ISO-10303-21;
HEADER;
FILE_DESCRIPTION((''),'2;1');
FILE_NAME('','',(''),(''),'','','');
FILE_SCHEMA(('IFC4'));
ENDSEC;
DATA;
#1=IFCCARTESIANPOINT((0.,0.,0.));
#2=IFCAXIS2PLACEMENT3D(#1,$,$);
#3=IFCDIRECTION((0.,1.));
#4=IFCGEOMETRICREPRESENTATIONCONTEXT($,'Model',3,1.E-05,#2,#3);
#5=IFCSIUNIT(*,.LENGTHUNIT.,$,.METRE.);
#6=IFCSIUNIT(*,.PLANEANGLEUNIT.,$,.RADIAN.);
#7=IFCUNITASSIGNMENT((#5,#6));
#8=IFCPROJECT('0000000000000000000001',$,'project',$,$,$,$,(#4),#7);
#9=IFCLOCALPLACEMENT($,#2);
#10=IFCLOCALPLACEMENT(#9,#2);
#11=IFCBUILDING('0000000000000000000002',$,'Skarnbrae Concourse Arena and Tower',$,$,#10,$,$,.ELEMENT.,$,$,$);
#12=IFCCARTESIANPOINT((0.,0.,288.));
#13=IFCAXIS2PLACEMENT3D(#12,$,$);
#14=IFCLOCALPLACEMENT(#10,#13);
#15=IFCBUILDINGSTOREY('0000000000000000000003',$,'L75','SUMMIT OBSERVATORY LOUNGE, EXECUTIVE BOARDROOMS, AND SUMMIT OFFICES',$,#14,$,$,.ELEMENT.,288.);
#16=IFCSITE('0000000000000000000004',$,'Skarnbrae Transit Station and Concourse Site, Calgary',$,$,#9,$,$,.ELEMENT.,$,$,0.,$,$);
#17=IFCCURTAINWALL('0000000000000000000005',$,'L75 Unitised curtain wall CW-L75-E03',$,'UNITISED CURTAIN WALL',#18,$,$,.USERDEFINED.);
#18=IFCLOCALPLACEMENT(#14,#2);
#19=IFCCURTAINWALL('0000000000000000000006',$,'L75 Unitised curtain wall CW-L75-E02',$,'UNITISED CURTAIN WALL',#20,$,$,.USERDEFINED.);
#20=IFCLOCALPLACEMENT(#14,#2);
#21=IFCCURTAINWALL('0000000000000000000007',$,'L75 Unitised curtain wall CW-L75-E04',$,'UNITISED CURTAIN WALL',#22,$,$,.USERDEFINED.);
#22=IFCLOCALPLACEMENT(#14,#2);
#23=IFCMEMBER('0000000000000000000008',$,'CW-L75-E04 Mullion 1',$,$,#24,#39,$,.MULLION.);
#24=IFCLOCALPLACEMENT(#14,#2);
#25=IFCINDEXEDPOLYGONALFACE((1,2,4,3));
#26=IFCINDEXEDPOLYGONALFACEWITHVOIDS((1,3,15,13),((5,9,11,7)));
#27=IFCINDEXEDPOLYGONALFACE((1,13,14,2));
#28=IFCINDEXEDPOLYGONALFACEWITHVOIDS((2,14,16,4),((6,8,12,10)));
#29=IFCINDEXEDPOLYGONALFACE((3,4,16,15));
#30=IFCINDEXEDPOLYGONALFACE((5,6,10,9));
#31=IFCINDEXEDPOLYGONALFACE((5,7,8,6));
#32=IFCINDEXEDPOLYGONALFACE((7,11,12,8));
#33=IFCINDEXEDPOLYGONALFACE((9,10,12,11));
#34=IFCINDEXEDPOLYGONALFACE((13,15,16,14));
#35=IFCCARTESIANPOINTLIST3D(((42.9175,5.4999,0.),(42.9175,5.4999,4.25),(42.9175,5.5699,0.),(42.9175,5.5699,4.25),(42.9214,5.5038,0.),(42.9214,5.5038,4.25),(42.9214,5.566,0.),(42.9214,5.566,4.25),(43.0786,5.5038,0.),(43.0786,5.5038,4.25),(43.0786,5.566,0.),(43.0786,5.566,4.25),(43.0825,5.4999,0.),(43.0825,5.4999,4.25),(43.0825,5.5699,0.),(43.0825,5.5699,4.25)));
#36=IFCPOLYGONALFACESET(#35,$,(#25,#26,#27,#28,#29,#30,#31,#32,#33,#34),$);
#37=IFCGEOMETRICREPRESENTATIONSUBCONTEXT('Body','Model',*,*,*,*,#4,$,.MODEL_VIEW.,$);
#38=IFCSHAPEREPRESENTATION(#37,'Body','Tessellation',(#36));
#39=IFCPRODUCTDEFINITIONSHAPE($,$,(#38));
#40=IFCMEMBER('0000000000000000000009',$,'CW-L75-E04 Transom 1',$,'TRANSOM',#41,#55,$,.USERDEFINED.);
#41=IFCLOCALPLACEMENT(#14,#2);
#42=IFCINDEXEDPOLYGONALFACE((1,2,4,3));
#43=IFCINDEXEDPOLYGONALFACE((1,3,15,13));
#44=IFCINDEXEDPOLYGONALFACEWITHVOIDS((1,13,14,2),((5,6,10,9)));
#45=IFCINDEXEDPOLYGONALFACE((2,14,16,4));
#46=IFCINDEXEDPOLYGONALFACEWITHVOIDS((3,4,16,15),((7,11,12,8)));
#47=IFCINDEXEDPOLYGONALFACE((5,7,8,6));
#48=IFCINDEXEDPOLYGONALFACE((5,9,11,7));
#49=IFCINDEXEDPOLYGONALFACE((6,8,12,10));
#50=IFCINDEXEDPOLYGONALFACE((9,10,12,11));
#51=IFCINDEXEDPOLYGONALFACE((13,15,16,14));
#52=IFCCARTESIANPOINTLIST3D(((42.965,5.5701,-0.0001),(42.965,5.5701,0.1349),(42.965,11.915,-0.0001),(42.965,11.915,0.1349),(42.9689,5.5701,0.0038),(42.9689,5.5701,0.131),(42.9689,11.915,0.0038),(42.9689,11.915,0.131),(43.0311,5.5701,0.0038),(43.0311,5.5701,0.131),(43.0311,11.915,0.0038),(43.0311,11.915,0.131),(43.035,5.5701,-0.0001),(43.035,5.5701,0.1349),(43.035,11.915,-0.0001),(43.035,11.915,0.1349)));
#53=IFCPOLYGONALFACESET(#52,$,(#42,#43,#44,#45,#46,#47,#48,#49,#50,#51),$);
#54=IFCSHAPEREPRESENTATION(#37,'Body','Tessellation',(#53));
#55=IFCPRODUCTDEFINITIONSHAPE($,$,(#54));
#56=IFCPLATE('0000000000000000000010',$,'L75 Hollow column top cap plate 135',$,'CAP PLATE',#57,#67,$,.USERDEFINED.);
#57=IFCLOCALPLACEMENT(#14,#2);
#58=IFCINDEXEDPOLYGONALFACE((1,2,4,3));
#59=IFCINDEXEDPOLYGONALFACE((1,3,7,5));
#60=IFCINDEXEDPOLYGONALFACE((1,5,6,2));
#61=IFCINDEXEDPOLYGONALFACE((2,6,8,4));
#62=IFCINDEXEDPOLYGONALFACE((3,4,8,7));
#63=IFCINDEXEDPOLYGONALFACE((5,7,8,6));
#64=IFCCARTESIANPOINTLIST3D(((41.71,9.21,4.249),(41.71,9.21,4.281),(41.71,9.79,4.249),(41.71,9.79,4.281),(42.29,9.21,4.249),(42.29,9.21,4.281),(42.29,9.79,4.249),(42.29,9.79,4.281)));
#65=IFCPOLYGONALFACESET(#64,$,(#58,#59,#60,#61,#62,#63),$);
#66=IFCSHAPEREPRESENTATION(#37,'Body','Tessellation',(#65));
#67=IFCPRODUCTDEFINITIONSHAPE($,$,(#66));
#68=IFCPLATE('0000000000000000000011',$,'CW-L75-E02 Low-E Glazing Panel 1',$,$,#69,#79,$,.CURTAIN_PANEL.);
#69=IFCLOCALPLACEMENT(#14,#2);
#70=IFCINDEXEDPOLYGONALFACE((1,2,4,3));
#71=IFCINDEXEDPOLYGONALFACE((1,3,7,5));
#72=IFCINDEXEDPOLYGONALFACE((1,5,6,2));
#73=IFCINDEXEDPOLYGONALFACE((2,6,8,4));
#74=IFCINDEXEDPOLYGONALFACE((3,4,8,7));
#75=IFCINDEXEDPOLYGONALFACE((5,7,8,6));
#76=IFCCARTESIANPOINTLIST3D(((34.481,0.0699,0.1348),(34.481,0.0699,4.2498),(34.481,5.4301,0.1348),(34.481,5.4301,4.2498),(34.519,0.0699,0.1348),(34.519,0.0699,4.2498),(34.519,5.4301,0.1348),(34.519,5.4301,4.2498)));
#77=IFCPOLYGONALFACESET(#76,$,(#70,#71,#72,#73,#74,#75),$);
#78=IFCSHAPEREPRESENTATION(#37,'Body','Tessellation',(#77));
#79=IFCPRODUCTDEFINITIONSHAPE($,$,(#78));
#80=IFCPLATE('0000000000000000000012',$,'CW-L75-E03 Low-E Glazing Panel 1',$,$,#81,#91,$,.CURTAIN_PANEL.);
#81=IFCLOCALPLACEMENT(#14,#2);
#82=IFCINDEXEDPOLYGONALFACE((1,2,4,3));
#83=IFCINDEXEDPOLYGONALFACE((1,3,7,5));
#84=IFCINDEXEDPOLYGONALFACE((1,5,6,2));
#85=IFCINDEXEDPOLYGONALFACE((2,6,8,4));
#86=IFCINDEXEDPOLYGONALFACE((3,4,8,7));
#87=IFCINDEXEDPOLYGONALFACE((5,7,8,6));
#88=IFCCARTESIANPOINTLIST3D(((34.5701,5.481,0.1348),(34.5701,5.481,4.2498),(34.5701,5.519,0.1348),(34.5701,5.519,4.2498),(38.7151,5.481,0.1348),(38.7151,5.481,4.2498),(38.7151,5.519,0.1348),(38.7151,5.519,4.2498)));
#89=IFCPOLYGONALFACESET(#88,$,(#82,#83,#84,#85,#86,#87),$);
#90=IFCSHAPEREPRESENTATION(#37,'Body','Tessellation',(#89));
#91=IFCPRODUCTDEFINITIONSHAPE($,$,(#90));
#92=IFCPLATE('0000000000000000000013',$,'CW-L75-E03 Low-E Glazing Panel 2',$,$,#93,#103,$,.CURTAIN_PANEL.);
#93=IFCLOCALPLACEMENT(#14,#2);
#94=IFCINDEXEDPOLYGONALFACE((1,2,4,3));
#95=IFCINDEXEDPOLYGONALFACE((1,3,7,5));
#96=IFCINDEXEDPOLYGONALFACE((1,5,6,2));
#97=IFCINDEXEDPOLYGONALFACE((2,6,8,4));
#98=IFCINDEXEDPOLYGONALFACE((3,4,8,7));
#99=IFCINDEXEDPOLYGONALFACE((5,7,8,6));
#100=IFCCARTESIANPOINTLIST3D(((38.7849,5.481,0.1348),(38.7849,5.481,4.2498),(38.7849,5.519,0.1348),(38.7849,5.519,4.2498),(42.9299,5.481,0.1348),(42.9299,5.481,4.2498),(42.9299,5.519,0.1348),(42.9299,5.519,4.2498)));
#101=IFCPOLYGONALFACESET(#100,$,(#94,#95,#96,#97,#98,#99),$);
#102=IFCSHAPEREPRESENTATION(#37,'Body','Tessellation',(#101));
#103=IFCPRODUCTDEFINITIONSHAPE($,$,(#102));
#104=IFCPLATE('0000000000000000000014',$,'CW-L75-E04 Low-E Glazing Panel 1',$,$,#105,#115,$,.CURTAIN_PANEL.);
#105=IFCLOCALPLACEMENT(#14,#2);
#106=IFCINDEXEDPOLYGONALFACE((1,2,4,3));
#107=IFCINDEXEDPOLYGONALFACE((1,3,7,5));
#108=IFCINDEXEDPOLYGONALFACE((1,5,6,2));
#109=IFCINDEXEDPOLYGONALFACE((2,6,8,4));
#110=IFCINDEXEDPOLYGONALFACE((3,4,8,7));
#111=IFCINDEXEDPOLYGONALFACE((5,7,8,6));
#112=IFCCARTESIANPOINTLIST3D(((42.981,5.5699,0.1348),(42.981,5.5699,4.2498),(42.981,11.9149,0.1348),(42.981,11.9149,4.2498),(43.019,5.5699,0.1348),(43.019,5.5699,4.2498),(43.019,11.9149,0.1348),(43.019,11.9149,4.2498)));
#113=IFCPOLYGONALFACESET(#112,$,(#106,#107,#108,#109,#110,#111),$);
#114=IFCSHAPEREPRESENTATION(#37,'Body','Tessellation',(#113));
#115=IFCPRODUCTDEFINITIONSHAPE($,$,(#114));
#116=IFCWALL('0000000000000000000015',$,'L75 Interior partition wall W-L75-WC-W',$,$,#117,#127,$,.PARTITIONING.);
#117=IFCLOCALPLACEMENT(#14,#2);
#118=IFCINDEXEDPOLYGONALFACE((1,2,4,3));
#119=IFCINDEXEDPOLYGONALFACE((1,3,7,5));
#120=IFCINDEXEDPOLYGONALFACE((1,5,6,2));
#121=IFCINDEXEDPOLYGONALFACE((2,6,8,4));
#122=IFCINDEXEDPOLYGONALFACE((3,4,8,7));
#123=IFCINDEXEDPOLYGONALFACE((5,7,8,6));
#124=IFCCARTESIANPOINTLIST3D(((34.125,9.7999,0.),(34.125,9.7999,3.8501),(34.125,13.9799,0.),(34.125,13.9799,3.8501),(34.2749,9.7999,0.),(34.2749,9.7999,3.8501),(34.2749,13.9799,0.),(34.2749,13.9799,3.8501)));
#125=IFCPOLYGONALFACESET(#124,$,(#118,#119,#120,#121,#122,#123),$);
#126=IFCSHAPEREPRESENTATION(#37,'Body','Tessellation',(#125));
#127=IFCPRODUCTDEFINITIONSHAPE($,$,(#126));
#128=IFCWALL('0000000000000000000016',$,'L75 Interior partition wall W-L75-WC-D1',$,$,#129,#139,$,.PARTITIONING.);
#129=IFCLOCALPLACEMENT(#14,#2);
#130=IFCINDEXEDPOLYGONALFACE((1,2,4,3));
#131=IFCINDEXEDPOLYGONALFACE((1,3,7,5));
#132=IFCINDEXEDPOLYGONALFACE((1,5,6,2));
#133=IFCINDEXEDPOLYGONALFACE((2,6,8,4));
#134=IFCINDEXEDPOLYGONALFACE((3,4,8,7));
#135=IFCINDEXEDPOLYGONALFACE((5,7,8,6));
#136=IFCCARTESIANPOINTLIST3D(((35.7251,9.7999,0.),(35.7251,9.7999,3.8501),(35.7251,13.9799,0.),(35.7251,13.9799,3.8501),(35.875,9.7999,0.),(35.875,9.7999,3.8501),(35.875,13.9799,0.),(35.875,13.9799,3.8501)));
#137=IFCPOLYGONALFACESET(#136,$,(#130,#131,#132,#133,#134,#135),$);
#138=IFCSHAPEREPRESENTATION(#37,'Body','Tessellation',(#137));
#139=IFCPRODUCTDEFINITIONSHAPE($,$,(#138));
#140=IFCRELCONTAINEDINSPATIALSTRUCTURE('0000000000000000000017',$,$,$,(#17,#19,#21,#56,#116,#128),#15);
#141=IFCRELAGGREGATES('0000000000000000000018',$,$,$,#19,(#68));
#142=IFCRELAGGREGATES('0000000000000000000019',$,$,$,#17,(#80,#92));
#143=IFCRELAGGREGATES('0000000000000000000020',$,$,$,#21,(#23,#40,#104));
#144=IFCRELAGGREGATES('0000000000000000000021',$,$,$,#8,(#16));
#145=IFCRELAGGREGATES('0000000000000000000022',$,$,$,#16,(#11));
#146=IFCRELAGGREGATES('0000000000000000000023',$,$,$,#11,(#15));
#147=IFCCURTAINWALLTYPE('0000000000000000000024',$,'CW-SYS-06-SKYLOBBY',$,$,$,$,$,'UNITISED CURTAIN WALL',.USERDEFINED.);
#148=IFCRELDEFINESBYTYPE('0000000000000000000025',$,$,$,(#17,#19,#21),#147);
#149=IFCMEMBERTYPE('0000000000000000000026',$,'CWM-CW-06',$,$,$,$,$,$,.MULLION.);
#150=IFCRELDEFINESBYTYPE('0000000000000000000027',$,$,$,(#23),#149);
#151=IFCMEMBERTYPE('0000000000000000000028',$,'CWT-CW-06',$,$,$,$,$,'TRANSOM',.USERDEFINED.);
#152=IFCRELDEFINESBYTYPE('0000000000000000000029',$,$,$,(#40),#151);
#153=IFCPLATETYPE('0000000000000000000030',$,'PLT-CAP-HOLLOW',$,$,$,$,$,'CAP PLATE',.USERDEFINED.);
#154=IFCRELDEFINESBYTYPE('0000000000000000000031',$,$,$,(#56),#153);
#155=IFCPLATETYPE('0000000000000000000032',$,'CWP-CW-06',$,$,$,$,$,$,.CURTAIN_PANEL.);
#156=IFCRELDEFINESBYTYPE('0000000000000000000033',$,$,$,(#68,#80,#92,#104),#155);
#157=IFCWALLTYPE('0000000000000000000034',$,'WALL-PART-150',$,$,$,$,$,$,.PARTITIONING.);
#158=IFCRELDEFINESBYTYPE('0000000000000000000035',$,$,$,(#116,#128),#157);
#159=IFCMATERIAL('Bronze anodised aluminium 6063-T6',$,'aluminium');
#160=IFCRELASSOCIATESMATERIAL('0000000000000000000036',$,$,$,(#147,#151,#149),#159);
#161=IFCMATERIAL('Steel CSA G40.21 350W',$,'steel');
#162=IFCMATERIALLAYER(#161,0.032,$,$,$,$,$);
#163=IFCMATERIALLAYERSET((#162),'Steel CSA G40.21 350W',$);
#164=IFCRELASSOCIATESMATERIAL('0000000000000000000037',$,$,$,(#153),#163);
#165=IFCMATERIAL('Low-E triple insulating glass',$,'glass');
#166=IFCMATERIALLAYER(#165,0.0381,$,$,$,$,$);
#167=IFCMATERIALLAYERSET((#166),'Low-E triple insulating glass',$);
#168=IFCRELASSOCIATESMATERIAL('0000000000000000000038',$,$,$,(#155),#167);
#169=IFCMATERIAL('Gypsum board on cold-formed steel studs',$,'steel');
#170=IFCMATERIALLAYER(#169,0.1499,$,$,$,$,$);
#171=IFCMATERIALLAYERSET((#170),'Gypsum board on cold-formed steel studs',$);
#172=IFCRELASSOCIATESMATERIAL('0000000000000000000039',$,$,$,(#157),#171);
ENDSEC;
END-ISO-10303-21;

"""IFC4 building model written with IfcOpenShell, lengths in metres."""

from ifc_helpers import new_model, si_unit, direction, frame, frame_2d, origin, origin_2d, place, context, subcontext, project, spatial, rectangle, hollow_rectangle, extrude, source, transform, mapped, material, layer, layer_set, material_profile, profile_set, type_object, element, aggregate, save


model = new_model("IFC4")

# Units and contexts
model_context = context("Model", 3, precision=1e-05, world=origin(), true_north=direction((0.0, 1.0)))
body_context = subcontext(model_context, "Body", "Model", "MODEL_VIEW")
ifc_project = project(units=[si_unit("LENGTHUNIT", "METRE"), si_unit("PLANEANGLEUNIT", "RADIAN")], contexts=[model_context])

# Site, building, storey
site_placement = place(None, origin())
site = spatial("IfcSite", under=ifc_project, at=site_placement, Name="Skarnbrae Transit Station and Concourse Site, Calgary", CompositionType="ELEMENT", RefElevation=0.0)
building_placement = place(site_placement, origin())
building = spatial("IfcBuilding", under=site, at=building_placement, Name="Skarnbrae Concourse Arena and Tower", CompositionType="ELEMENT")
storey_placement = place(building_placement, frame((0.0, 0.0, 288.0)))
storey = spatial("IfcBuildingStorey", under=building, at=storey_placement, Name="L75", Description="SUMMIT OBSERVATORY LOUNGE, EXECUTIVE BOARDROOMS, AND SUMMIT OFFICES", CompositionType="ELEMENT", Elevation=288.0)

# Shared definitions
ifc_material_1 = material(Name="Steel CSA G40.21 350W", Category="steel")

# Curtain walls
ifc_material_2 = material(Name="Bronze anodised aluminium 6063-T6", Category="aluminium")
curtain_wall_type = type_object("IfcCurtainWallType", Name="CW-SYS-06-SKYLOBBY", ElementType="UNITISED CURTAIN WALL", PredefinedType="USERDEFINED", material=ifc_material_2)
curtain_wall_1_placement = place(storey_placement, origin())
curtain_wall_1 = element("IfcCurtainWall", 1, at=curtain_wall_1_placement, inside=storey, type_object=curtain_wall_type, Name="L75 Unitised curtain wall CW-L75-E03", ObjectType="UNITISED CURTAIN WALL", PredefinedType="USERDEFINED")
ifc_material_profile_1 = material_profile(ifc_material_2, hollow_rectangle(XDim=0.0701, YDim=0.135, WallThickness=0.0039, at=origin_2d()), Name="ALU-TRAN-70X135")
ifc_profile_set_1 = profile_set([ifc_material_profile_1], Name="Bronze anodised aluminium 6063-T6")
member_type_1 = type_object("IfcMemberType", Name="CWT-CW-06", ElementType="TRANSOM", PredefinedType="USERDEFINED", material=ifc_profile_set_1)
curtain_wall_2_placement = place(storey_placement, origin())
curtain_wall_2 = element("IfcCurtainWall", 2, at=curtain_wall_2_placement, inside=storey, type_object=curtain_wall_type, Name="L75 Unitised curtain wall CW-L75-E02", ObjectType="UNITISED CURTAIN WALL", PredefinedType="USERDEFINED")
ifc_material_profile_2 = material_profile(ifc_material_2, hollow_rectangle(XDim=0.0701, YDim=0.165, WallThickness=0.0039, at=origin_2d()), Name="ALU-MULL-70X165")
ifc_profile_set_2 = profile_set([ifc_material_profile_2], Name="Bronze anodised aluminium 6063-T6")
member_type_2 = type_object("IfcMemberType", Name="CWM-CW-06", PredefinedType="MULLION", material=ifc_profile_set_2)
shared_shape_1 = source(origin(), body_context, "Body", "SweptSolid", [
    extrude(hollow_rectangle(XDim=0.0701, YDim=0.165, WallThickness=0.0039, at=origin_2d()), origin(), (0.0, 0.0, 1.0), 4.25),
])

# Curtain wall, members
curtain_wall_3_placement = place(storey_placement, origin())
curtain_wall_3 = element("IfcCurtainWall", 3, at=curtain_wall_3_placement, inside=storey, type_object=curtain_wall_type, Name="L75 Unitised curtain wall CW-L75-E04", ObjectType="UNITISED CURTAIN WALL", PredefinedType="USERDEFINED")
member_1_placement = place(storey_placement, frame((43.0, 5.5349, 0.0), z_axis=(0.0, 0.0, 1.0), x_axis=(0.0, 1.0, 0.0)))
member_1 = element("IfcMember", 4, at=member_1_placement, type_object=member_type_2, Name="CW-L75-E04 Mullion 1", PredefinedType="MULLION", context=body_context, shape_type="MappedRepresentation", body=[
    mapped(shared_shape_1, transform((0.0, 0.0, 0.0))),
])
shared_shape_2 = source(origin(), body_context, "Body", "SweptSolid", [
    extrude(hollow_rectangle(XDim=0.0701, YDim=0.135, WallThickness=0.0039, at=origin_2d()), origin(), (0.0, 0.0, 1.0), 6.345),
])
member_2_placement = place(storey_placement, frame((43.0, 5.5701, 0.0674), z_axis=(0.0, 1.0, 0.0), x_axis=(-1.0, 0.0, 0.0)))
member_2 = element("IfcMember", 5, at=member_2_placement, type_object=member_type_1, Name="CW-L75-E04 Transom 1", ObjectType="TRANSOM", PredefinedType="USERDEFINED", context=body_context, shape_type="MappedRepresentation", body=[
    mapped(shared_shape_2, transform((0.0, 0.0, 0.0))),
])

# Plates
ifc_layer_1 = layer(ifc_material_1, 0.032)
ifc_layer_set_1 = layer_set([ifc_layer_1], Name="Steel CSA G40.21 350W")
plate_type_1 = type_object("IfcPlateType", Name="PLT-CAP-HOLLOW", ElementType="CAP PLATE", PredefinedType="USERDEFINED", material=ifc_layer_set_1)
shared_shape_3 = source(origin(), body_context, "Body", "SweptSolid", [
    extrude(rectangle(XDim=0.5801, YDim=0.5801, at=origin_2d()), origin(), (0.0, 0.0, 1.0), 0.032),
])
plate_1_placement = place(storey_placement, frame((42.0, 9.5, 4.249), z_axis=(0.0, 0.0, 1.0), x_axis=(1.0, 0.0, 0.0)))
element("IfcPlate", 6, at=plate_1_placement, inside=storey, type_object=plate_type_1, Name="L75 Hollow column top cap plate 135", ObjectType="CAP PLATE", PredefinedType="USERDEFINED", context=body_context, shape_type="MappedRepresentation", body=[
    mapped(shared_shape_3, transform((0.0, 0.0, 0.0))),
])
ifc_material_3 = material(Name="Low-E triple insulating glass", Category="glass")
ifc_layer_2 = layer(ifc_material_3, 0.0381)
ifc_layer_set_2 = layer_set([ifc_layer_2], Name="Low-E triple insulating glass")
plate_type_2 = type_object("IfcPlateType", Name="CWP-CW-06", PredefinedType="CURTAIN_PANEL", material=ifc_layer_set_2)
shared_shape_4 = source(origin(), body_context, "Body", "SweptSolid", [
    extrude(rectangle(XDim=5.3601, YDim=0.0381, at=origin_2d()), origin(), (0.0, 0.0, 1.0), 4.115),
])
plate_2_placement = place(storey_placement, frame((34.5, 2.75, 0.1348), z_axis=(0.0, 0.0, 1.0), x_axis=(0.0, 1.0, 0.0)))
plate_2 = element("IfcPlate", 7, at=plate_2_placement, type_object=plate_type_2, Name="CW-L75-E02 Low-E Glazing Panel 1", PredefinedType="CURTAIN_PANEL", context=body_context, shape_type="MappedRepresentation", body=[
    mapped(shared_shape_4, transform((0.0, 0.0, 0.0))),
])
aggregate(curtain_wall_2, [plate_2])
shared_shape_5 = source(origin(), body_context, "Body", "SweptSolid", [
    extrude(rectangle(XDim=4.145, YDim=0.0381, at=origin_2d()), origin(), (0.0, 0.0, 1.0), 4.115),
])
plate_3_placement = place(storey_placement, frame((36.6426, 5.5, 0.1348), z_axis=(0.0, 0.0, 1.0), x_axis=(1.0, 0.0, 0.0)))
plate_3 = element("IfcPlate", 8, at=plate_3_placement, type_object=plate_type_2, Name="CW-L75-E03 Low-E Glazing Panel 1", PredefinedType="CURTAIN_PANEL", context=body_context, shape_type="MappedRepresentation", body=[
    mapped(shared_shape_5, transform((0.0, 0.0, 0.0))),
])
plate_4_placement = place(storey_placement, frame((40.8574, 5.5, 0.1348), z_axis=(0.0, 0.0, 1.0), x_axis=(1.0, 0.0, 0.0)))
plate_4 = element("IfcPlate", 9, at=plate_4_placement, type_object=plate_type_2, Name="CW-L75-E03 Low-E Glazing Panel 2", PredefinedType="CURTAIN_PANEL", context=body_context, shape_type="MappedRepresentation", body=[
    mapped(shared_shape_5, transform((0.0, 0.0, 0.0))),
])
aggregate(curtain_wall_1, [plate_3, plate_4])
shared_shape_6 = source(origin(), body_context, "Body", "SweptSolid", [
    extrude(rectangle(XDim=6.345, YDim=0.0381, at=origin_2d()), origin(), (0.0, 0.0, 1.0), 4.115),
])
plate_5_placement = place(storey_placement, frame((43.0, 8.7424, 0.1348), z_axis=(0.0, 0.0, 1.0), x_axis=(0.0, 1.0, 0.0)))
plate_5 = element("IfcPlate", 10, at=plate_5_placement, type_object=plate_type_2, Name="CW-L75-E04 Low-E Glazing Panel 1", PredefinedType="CURTAIN_PANEL", context=body_context, shape_type="MappedRepresentation", body=[
    mapped(shared_shape_6, transform((0.0, 0.0, 0.0))),
])
aggregate(curtain_wall_3, [member_1, member_2, plate_5])

# Walls
ifc_material_4 = material(Name="Gypsum board on cold-formed steel studs", Category="steel")
ifc_layer_3 = layer(ifc_material_4, 0.1499)
ifc_layer_set_3 = layer_set([ifc_layer_3], Name="Gypsum board on cold-formed steel studs")
wall_type = type_object("IfcWallType", Name="WALL-PART-150", PredefinedType="PARTITIONING", material=ifc_layer_set_3)
shared_shape_7 = source(origin(), body_context, "Body", "SweptSolid", [
    extrude(rectangle(XDim=4.1799, YDim=0.1499, at=frame_2d((2.0898, 0.0))), origin(), (0.0, 0.0, 1.0), 3.8501),
])
for number, where, z_axis, x_axis, name in (
    (11, (34.2, 9.8, 0.0), (0.0, 0.0, 1.0), (0.0, 1.0, 0.0), "L75 Interior partition wall W-L75-WC-W"),
    (12, (35.8, 9.8, 0.0), (0.0, 0.0, 1.0), (0.0, 1.0, 0.0), "L75 Interior partition wall W-L75-WC-D1"),
):
    element("IfcWall", number, at=place(storey_placement, frame(where, z_axis=z_axis, x_axis=x_axis)), inside=storey, type_object=wall_type, Name=name, PredefinedType="PARTITIONING", context=body_context, shape_type="MappedRepresentation", body=[
        mapped(shared_shape_7, transform((0.0, 0.0, 0.0))),
    ])

save(model, "model.ifc")
